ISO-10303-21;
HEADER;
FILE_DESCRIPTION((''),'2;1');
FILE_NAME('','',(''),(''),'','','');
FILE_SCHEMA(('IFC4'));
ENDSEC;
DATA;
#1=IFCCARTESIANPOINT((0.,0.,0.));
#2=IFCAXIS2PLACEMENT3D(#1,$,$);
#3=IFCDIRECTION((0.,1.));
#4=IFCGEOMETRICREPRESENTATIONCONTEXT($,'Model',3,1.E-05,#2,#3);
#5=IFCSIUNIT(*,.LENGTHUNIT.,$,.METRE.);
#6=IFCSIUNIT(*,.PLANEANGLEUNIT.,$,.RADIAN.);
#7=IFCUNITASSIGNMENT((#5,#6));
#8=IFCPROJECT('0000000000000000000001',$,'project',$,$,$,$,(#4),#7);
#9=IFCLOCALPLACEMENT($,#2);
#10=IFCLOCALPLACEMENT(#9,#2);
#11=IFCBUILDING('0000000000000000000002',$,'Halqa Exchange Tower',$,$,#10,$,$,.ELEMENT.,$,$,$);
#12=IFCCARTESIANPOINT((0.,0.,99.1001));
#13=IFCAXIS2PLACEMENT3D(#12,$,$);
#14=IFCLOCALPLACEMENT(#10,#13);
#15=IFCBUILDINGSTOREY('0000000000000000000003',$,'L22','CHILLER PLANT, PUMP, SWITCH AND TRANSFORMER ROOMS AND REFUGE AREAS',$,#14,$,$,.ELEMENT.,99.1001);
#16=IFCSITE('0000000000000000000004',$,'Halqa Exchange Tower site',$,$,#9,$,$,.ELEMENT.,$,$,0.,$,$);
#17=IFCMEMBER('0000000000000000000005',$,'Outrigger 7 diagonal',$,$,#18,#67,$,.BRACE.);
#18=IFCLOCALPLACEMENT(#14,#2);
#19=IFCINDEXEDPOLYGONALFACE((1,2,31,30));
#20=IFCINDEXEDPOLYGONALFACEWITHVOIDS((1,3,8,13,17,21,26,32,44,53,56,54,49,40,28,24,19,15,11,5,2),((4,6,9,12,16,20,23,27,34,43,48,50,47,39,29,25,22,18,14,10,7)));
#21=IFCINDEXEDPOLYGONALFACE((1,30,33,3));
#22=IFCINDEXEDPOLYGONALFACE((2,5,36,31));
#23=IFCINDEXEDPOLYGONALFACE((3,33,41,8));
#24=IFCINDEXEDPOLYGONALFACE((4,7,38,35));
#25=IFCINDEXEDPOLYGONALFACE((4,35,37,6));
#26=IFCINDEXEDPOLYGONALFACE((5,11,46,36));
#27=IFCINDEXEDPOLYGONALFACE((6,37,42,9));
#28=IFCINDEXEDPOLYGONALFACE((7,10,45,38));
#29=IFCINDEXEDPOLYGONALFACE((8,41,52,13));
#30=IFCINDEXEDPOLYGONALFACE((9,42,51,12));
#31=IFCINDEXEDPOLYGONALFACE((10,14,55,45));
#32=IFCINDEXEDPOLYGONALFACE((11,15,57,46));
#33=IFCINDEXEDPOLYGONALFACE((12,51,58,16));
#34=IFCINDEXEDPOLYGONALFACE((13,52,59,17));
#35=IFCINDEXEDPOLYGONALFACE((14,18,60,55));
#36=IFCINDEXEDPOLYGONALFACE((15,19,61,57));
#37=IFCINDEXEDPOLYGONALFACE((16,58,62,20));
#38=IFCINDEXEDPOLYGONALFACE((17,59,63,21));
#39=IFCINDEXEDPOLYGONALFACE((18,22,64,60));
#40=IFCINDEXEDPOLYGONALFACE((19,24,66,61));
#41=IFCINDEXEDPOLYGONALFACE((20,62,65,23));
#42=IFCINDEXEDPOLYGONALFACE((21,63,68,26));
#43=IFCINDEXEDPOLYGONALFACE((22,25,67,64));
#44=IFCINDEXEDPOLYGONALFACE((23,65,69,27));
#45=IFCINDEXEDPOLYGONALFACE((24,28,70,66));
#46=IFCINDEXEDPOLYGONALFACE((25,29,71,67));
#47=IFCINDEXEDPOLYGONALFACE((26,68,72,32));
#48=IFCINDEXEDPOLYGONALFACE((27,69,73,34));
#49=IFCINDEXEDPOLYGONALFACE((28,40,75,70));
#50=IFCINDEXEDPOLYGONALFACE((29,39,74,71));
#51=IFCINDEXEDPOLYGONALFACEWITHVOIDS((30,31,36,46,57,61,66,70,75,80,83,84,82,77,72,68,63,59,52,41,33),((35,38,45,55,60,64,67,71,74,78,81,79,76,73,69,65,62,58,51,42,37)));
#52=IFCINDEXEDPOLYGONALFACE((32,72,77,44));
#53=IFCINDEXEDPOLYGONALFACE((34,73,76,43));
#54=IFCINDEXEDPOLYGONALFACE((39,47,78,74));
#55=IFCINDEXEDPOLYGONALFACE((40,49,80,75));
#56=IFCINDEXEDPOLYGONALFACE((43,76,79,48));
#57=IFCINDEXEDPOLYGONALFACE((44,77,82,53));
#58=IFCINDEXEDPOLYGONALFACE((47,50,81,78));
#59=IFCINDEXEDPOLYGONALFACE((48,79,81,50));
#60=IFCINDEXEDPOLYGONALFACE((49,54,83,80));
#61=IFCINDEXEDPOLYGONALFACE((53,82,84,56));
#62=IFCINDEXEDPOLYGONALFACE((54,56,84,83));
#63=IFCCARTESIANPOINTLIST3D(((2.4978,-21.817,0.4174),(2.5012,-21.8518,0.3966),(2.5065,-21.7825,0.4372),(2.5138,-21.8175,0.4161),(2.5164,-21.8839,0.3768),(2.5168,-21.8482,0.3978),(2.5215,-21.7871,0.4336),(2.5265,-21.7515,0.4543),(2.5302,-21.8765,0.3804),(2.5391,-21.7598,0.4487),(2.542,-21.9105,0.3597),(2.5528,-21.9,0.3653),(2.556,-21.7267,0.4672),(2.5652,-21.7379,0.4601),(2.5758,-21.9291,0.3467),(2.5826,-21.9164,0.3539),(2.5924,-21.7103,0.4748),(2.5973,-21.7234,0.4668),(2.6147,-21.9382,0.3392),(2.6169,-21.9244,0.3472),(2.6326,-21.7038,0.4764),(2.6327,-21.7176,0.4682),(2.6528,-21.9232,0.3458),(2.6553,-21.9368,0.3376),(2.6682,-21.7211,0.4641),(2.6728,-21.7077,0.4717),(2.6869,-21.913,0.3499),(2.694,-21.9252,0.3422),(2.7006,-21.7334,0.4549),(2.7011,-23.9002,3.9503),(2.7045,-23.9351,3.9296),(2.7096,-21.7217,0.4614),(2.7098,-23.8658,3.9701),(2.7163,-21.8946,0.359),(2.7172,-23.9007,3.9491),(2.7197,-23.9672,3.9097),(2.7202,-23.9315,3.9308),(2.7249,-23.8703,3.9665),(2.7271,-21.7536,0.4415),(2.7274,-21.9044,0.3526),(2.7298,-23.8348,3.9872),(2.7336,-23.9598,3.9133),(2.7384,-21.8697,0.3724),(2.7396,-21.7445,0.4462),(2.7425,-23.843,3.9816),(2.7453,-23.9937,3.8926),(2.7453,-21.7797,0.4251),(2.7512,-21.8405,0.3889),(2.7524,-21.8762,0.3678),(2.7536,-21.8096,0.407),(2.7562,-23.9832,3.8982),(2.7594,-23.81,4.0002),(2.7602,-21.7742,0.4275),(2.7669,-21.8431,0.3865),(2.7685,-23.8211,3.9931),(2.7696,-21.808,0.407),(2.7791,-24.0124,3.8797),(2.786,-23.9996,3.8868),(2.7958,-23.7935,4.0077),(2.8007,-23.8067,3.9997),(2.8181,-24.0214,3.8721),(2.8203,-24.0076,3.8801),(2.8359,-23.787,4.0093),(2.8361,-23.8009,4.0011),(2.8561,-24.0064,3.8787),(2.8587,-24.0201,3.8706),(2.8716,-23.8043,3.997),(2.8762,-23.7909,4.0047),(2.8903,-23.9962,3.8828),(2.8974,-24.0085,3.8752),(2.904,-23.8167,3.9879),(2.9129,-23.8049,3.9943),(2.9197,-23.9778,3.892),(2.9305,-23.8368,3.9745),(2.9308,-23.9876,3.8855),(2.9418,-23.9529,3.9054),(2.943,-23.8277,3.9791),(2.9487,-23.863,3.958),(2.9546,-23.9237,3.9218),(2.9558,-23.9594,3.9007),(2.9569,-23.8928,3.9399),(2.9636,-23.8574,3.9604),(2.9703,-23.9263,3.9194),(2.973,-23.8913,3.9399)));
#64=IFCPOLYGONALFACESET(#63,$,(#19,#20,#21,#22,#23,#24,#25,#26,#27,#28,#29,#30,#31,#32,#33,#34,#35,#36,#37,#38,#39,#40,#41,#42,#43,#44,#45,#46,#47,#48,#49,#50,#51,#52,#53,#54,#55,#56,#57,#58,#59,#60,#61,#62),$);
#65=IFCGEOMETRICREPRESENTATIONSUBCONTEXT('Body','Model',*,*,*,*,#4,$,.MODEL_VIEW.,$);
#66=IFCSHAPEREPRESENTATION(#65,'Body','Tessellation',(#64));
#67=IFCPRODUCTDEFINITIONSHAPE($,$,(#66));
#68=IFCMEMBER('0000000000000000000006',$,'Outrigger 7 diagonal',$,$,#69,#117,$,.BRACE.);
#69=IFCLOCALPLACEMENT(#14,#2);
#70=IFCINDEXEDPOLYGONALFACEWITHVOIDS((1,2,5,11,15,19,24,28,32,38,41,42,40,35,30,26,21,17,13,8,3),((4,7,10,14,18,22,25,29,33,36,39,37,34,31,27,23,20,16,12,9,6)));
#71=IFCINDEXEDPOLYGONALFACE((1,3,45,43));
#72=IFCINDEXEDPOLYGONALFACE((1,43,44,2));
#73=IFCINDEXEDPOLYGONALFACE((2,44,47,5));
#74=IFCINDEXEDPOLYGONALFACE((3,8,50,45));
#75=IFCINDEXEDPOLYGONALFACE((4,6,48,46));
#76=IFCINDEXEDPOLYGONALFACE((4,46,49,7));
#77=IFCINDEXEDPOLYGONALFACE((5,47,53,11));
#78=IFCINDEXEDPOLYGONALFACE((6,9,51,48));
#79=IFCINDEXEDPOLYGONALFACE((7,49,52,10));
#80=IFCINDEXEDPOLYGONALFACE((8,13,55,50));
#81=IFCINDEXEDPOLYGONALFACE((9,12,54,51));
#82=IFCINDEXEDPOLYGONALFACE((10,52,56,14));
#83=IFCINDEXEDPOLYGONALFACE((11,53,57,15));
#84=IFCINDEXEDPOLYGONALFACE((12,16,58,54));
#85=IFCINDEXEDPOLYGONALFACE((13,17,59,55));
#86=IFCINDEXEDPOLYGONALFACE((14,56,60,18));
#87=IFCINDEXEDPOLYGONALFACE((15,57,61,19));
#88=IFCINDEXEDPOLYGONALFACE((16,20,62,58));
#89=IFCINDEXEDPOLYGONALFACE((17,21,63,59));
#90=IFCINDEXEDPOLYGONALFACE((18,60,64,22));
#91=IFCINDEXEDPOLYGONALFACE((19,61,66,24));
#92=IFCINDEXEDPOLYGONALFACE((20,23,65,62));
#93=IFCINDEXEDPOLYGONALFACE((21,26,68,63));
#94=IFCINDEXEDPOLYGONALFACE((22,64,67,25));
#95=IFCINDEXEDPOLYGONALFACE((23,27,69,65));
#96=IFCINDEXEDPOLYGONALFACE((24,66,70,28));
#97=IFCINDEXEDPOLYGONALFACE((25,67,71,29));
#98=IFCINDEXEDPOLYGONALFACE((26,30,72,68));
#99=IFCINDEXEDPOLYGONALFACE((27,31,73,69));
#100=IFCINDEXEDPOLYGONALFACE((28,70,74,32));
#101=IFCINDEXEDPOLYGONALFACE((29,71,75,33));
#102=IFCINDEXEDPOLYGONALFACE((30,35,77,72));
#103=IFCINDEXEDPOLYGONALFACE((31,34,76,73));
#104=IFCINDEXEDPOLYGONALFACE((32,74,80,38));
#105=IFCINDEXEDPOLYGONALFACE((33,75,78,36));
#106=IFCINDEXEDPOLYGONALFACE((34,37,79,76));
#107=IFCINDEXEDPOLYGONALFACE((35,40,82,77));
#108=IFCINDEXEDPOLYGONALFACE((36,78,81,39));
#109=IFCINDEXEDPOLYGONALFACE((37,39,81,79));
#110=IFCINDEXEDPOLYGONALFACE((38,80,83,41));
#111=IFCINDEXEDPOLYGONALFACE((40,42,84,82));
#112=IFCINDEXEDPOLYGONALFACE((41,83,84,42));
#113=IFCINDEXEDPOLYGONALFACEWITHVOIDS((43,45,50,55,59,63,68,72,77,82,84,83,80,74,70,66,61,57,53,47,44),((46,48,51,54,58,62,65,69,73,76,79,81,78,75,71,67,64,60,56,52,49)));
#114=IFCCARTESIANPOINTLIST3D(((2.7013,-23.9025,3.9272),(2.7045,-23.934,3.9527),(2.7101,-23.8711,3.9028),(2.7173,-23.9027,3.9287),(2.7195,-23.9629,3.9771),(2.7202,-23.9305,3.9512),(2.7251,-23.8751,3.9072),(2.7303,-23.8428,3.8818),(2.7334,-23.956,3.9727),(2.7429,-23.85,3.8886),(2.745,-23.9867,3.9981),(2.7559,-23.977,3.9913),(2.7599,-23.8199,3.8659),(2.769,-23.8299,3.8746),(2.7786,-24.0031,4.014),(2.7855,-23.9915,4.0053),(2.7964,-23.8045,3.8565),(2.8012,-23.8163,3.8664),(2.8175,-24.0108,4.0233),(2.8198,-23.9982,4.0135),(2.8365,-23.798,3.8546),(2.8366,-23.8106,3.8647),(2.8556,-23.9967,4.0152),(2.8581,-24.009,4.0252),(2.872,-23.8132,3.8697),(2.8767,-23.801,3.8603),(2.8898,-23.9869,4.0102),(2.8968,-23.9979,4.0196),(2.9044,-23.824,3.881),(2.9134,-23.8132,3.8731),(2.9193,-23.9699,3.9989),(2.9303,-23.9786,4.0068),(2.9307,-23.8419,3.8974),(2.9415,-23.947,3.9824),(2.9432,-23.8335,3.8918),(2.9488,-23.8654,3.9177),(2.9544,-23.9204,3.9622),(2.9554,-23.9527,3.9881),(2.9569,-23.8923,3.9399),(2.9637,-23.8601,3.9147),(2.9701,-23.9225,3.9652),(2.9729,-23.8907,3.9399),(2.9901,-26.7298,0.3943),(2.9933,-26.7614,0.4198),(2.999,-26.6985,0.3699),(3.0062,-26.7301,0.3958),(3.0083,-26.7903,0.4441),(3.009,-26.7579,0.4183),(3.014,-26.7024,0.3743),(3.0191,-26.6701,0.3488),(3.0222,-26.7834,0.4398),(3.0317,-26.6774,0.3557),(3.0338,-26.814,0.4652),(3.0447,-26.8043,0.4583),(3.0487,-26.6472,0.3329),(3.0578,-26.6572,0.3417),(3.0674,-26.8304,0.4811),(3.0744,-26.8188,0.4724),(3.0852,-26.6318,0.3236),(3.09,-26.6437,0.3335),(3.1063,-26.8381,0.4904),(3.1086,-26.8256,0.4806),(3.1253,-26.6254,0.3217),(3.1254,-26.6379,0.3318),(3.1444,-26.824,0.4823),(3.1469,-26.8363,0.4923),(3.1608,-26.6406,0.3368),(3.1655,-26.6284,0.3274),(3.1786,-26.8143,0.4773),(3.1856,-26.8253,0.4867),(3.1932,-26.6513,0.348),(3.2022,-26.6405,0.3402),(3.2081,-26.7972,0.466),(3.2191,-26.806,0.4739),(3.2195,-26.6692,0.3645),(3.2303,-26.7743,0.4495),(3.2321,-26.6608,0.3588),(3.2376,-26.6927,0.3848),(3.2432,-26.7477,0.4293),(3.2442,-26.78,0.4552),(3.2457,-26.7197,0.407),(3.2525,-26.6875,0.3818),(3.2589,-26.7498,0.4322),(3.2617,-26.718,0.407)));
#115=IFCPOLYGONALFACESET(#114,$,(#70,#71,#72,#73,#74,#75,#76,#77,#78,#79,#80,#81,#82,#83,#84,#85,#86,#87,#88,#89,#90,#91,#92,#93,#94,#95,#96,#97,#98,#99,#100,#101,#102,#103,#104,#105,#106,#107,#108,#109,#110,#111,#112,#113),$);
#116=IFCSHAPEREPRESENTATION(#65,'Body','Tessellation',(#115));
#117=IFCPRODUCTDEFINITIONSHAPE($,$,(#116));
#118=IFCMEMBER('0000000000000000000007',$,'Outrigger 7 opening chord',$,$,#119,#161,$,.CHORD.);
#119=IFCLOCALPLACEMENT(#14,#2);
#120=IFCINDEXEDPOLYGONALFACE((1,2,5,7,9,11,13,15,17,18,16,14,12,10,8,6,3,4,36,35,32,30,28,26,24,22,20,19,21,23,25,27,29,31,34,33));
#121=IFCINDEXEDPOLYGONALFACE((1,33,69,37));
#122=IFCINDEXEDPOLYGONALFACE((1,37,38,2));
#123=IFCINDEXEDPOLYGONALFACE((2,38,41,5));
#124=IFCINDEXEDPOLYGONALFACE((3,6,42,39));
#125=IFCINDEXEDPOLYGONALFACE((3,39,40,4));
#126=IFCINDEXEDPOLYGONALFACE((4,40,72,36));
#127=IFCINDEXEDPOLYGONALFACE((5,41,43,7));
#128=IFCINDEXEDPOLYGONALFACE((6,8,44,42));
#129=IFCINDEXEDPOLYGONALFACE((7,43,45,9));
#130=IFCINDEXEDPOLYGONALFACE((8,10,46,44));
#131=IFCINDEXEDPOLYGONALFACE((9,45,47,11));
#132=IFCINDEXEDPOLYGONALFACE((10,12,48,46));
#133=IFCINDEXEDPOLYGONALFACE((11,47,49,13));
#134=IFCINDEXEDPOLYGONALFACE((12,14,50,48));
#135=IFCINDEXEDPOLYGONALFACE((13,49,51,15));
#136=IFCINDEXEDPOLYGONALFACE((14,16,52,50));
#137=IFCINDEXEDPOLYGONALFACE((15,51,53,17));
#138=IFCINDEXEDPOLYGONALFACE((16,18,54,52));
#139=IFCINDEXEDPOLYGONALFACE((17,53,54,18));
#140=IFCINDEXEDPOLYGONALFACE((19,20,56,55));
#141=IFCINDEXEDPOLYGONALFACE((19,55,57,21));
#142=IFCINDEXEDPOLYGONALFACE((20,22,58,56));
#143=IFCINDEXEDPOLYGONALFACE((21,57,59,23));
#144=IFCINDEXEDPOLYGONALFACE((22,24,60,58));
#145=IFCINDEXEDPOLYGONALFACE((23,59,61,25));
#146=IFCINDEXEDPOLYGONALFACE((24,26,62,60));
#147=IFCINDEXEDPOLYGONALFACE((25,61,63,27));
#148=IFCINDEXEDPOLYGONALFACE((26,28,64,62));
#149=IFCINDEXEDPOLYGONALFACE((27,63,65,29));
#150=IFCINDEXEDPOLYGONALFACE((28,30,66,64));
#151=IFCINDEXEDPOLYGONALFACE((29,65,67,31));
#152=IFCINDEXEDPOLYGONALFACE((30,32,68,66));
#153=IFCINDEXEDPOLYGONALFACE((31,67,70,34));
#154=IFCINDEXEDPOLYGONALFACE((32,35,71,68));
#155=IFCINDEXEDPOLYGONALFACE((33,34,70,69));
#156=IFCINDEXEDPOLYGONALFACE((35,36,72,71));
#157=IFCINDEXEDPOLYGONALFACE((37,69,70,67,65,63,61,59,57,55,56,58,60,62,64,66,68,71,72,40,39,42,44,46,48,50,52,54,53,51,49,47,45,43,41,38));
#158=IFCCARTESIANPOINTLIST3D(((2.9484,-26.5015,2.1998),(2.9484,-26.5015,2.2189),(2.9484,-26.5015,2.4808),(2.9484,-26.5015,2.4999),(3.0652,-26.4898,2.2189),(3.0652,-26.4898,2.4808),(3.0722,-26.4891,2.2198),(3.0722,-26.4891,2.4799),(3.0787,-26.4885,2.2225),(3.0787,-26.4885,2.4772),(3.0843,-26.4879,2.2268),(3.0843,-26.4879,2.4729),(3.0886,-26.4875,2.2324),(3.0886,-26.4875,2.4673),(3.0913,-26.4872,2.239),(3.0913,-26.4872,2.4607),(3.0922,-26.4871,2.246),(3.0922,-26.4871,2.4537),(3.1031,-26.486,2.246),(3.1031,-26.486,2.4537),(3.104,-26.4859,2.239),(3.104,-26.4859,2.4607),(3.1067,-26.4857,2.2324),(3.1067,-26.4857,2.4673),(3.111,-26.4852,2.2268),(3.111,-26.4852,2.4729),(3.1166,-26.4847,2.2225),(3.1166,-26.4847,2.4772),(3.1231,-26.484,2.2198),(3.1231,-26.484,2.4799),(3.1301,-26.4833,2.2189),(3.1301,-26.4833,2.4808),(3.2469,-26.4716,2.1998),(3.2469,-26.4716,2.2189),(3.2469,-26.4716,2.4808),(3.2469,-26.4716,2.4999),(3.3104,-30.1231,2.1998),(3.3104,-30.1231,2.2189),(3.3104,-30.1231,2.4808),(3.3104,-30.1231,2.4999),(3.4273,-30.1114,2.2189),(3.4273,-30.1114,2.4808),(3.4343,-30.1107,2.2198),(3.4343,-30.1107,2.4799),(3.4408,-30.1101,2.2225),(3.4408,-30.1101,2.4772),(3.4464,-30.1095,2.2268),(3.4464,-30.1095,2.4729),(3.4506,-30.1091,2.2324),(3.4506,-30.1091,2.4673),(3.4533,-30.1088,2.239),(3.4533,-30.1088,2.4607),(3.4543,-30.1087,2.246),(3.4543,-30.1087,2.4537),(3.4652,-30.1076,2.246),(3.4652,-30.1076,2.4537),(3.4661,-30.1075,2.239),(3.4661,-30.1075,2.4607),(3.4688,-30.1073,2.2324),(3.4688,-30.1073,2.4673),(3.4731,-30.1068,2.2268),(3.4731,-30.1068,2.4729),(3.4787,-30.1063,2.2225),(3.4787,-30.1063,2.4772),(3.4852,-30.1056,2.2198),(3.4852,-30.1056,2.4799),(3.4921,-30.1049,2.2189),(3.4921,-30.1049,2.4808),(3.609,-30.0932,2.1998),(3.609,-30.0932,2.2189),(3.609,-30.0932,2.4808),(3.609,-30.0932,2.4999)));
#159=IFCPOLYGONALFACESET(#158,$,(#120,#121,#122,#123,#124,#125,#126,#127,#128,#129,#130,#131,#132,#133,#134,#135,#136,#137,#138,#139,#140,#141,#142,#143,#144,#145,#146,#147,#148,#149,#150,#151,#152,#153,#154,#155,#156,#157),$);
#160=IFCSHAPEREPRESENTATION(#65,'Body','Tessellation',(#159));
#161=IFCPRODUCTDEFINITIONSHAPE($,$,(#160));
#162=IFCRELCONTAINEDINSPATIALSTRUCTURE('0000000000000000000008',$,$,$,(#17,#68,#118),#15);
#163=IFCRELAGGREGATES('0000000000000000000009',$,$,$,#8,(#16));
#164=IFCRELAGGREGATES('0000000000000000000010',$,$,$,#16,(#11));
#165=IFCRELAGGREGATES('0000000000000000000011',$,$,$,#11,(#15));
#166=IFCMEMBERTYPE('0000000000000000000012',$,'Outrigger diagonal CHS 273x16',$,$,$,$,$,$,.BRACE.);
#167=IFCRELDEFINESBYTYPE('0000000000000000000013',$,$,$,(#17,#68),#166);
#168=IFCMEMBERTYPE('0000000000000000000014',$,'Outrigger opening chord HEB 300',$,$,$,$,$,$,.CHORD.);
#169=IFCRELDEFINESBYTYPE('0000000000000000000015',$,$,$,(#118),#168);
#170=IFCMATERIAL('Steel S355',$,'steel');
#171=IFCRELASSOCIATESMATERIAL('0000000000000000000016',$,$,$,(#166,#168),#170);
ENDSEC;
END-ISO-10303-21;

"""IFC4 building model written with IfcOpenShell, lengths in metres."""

from ifc_helpers import new_model, si_unit, direction, frame, origin, origin_2d, place, context, subcontext, project, spatial, hollow_circle, i_section, extrude, material, material_profile, profile_set, type_object, element, save


model = new_model("IFC4")

# Units and contexts
model_context = context("Model", 3, precision=1e-05, world=origin(), true_north=direction((0.0, 1.0)))
body_context = subcontext(model_context, "Body", "Model", "MODEL_VIEW")
ifc_project = project(units=[si_unit("LENGTHUNIT", "METRE"), si_unit("PLANEANGLEUNIT", "RADIAN")], contexts=[model_context])

# Site, building, storey
site_placement = place(None, origin())
site = spatial("IfcSite", under=ifc_project, at=site_placement, Name="Halqa Exchange Tower site", CompositionType="ELEMENT", RefElevation=0.0)
building_placement = place(site_placement, origin())
building = spatial("IfcBuilding", under=site, at=building_placement, Name="Halqa Exchange Tower", CompositionType="ELEMENT")
storey_placement = place(building_placement, frame((0.0, 0.0, 99.1001)))
storey = spatial("IfcBuildingStorey", under=building, at=storey_placement, Name="L22", Description="CHILLER PLANT, PUMP, SWITCH AND TRANSFORMER ROOMS AND REFUGE AREAS", CompositionType="ELEMENT", Elevation=99.1001)

# Members
ifc_material_1 = material(Name="Steel S355", Category="steel")
ifc_material_profile_1 = material_profile(ifc_material_1, hollow_circle(Radius=0.1365, WallThickness=0.0161, at=origin_2d()), Name="CHS 273x16")
ifc_profile_set_1 = profile_set([ifc_material_profile_1], Name="Steel S355")
member_type_1 = type_object("IfcMemberType", Name="Outrigger diagonal CHS 273x16", PredefinedType="BRACE", material=ifc_profile_set_1)
member_1_placement = place(storey_placement, frame((2.6338, -21.8213, 0.407), z_axis=(0.049524, -0.50731, 0.86034), x_axis=(0.995269, 0.097159, 0.0)))
element("IfcMember", 1, at=member_1_placement, inside=storey, type_object=member_type_1, Name="Outrigger 7 diagonal", PredefinedType="BRACE", context=body_context, shape_type="SweptSolid", body=[
    extrude(hollow_circle(Radius=0.1365, WallThickness=0.0161, at=origin_2d()), origin(), (0.0, 0.0, 1.0), 4.1064),
])
member_2_placement = place(storey_placement, frame((2.8372, -23.9045, 3.9399), z_axis=(0.063697, -0.623564, -0.779173), x_axis=(0.994823, 0.101621, 0.0)))
element("IfcMember", 2, at=member_2_placement, inside=storey, type_object=member_type_1, Name="Outrigger 7 diagonal", PredefinedType="BRACE", context=body_context, shape_type="SweptSolid", body=[
    extrude(hollow_circle(Radius=0.1365, WallThickness=0.0161, at=origin_2d()), origin(), (0.0, 0.0, 1.0), 4.5342),
])
ifc_material_profile_2 = material_profile(ifc_material_1, i_section(OverallWidth=0.3, OverallDepth=0.3, WebThickness=0.011, FlangeThickness=0.019, FilletRadius=0.0271, at=origin_2d()), Name="HEB 300")
ifc_profile_set_2 = profile_set([ifc_material_profile_2], Name="Steel S355")
member_type_2 = type_object("IfcMemberType", Name="Outrigger opening chord HEB 300", PredefinedType="CHORD", material=ifc_profile_set_2)
member_3_placement = place(storey_placement, frame((3.0977, -26.4866, 2.3499), z_axis=(0.099477, -0.99504, 0.0), x_axis=(0.99504, 0.099477, 0.0)))
element("IfcMember", 3, at=member_3_placement, inside=storey, type_object=member_type_2, Name="Outrigger 7 opening chord", PredefinedType="CHORD", context=body_context, shape_type="SweptSolid", body=[
    extrude(i_section(OverallWidth=0.3, OverallDepth=0.3, WebThickness=0.011, FlangeThickness=0.019, FilletRadius=0.0271, at=origin_2d()), origin(), (0.0, 0.0, 1.0), 3.6396),
])

save(model, "model.ifc")
